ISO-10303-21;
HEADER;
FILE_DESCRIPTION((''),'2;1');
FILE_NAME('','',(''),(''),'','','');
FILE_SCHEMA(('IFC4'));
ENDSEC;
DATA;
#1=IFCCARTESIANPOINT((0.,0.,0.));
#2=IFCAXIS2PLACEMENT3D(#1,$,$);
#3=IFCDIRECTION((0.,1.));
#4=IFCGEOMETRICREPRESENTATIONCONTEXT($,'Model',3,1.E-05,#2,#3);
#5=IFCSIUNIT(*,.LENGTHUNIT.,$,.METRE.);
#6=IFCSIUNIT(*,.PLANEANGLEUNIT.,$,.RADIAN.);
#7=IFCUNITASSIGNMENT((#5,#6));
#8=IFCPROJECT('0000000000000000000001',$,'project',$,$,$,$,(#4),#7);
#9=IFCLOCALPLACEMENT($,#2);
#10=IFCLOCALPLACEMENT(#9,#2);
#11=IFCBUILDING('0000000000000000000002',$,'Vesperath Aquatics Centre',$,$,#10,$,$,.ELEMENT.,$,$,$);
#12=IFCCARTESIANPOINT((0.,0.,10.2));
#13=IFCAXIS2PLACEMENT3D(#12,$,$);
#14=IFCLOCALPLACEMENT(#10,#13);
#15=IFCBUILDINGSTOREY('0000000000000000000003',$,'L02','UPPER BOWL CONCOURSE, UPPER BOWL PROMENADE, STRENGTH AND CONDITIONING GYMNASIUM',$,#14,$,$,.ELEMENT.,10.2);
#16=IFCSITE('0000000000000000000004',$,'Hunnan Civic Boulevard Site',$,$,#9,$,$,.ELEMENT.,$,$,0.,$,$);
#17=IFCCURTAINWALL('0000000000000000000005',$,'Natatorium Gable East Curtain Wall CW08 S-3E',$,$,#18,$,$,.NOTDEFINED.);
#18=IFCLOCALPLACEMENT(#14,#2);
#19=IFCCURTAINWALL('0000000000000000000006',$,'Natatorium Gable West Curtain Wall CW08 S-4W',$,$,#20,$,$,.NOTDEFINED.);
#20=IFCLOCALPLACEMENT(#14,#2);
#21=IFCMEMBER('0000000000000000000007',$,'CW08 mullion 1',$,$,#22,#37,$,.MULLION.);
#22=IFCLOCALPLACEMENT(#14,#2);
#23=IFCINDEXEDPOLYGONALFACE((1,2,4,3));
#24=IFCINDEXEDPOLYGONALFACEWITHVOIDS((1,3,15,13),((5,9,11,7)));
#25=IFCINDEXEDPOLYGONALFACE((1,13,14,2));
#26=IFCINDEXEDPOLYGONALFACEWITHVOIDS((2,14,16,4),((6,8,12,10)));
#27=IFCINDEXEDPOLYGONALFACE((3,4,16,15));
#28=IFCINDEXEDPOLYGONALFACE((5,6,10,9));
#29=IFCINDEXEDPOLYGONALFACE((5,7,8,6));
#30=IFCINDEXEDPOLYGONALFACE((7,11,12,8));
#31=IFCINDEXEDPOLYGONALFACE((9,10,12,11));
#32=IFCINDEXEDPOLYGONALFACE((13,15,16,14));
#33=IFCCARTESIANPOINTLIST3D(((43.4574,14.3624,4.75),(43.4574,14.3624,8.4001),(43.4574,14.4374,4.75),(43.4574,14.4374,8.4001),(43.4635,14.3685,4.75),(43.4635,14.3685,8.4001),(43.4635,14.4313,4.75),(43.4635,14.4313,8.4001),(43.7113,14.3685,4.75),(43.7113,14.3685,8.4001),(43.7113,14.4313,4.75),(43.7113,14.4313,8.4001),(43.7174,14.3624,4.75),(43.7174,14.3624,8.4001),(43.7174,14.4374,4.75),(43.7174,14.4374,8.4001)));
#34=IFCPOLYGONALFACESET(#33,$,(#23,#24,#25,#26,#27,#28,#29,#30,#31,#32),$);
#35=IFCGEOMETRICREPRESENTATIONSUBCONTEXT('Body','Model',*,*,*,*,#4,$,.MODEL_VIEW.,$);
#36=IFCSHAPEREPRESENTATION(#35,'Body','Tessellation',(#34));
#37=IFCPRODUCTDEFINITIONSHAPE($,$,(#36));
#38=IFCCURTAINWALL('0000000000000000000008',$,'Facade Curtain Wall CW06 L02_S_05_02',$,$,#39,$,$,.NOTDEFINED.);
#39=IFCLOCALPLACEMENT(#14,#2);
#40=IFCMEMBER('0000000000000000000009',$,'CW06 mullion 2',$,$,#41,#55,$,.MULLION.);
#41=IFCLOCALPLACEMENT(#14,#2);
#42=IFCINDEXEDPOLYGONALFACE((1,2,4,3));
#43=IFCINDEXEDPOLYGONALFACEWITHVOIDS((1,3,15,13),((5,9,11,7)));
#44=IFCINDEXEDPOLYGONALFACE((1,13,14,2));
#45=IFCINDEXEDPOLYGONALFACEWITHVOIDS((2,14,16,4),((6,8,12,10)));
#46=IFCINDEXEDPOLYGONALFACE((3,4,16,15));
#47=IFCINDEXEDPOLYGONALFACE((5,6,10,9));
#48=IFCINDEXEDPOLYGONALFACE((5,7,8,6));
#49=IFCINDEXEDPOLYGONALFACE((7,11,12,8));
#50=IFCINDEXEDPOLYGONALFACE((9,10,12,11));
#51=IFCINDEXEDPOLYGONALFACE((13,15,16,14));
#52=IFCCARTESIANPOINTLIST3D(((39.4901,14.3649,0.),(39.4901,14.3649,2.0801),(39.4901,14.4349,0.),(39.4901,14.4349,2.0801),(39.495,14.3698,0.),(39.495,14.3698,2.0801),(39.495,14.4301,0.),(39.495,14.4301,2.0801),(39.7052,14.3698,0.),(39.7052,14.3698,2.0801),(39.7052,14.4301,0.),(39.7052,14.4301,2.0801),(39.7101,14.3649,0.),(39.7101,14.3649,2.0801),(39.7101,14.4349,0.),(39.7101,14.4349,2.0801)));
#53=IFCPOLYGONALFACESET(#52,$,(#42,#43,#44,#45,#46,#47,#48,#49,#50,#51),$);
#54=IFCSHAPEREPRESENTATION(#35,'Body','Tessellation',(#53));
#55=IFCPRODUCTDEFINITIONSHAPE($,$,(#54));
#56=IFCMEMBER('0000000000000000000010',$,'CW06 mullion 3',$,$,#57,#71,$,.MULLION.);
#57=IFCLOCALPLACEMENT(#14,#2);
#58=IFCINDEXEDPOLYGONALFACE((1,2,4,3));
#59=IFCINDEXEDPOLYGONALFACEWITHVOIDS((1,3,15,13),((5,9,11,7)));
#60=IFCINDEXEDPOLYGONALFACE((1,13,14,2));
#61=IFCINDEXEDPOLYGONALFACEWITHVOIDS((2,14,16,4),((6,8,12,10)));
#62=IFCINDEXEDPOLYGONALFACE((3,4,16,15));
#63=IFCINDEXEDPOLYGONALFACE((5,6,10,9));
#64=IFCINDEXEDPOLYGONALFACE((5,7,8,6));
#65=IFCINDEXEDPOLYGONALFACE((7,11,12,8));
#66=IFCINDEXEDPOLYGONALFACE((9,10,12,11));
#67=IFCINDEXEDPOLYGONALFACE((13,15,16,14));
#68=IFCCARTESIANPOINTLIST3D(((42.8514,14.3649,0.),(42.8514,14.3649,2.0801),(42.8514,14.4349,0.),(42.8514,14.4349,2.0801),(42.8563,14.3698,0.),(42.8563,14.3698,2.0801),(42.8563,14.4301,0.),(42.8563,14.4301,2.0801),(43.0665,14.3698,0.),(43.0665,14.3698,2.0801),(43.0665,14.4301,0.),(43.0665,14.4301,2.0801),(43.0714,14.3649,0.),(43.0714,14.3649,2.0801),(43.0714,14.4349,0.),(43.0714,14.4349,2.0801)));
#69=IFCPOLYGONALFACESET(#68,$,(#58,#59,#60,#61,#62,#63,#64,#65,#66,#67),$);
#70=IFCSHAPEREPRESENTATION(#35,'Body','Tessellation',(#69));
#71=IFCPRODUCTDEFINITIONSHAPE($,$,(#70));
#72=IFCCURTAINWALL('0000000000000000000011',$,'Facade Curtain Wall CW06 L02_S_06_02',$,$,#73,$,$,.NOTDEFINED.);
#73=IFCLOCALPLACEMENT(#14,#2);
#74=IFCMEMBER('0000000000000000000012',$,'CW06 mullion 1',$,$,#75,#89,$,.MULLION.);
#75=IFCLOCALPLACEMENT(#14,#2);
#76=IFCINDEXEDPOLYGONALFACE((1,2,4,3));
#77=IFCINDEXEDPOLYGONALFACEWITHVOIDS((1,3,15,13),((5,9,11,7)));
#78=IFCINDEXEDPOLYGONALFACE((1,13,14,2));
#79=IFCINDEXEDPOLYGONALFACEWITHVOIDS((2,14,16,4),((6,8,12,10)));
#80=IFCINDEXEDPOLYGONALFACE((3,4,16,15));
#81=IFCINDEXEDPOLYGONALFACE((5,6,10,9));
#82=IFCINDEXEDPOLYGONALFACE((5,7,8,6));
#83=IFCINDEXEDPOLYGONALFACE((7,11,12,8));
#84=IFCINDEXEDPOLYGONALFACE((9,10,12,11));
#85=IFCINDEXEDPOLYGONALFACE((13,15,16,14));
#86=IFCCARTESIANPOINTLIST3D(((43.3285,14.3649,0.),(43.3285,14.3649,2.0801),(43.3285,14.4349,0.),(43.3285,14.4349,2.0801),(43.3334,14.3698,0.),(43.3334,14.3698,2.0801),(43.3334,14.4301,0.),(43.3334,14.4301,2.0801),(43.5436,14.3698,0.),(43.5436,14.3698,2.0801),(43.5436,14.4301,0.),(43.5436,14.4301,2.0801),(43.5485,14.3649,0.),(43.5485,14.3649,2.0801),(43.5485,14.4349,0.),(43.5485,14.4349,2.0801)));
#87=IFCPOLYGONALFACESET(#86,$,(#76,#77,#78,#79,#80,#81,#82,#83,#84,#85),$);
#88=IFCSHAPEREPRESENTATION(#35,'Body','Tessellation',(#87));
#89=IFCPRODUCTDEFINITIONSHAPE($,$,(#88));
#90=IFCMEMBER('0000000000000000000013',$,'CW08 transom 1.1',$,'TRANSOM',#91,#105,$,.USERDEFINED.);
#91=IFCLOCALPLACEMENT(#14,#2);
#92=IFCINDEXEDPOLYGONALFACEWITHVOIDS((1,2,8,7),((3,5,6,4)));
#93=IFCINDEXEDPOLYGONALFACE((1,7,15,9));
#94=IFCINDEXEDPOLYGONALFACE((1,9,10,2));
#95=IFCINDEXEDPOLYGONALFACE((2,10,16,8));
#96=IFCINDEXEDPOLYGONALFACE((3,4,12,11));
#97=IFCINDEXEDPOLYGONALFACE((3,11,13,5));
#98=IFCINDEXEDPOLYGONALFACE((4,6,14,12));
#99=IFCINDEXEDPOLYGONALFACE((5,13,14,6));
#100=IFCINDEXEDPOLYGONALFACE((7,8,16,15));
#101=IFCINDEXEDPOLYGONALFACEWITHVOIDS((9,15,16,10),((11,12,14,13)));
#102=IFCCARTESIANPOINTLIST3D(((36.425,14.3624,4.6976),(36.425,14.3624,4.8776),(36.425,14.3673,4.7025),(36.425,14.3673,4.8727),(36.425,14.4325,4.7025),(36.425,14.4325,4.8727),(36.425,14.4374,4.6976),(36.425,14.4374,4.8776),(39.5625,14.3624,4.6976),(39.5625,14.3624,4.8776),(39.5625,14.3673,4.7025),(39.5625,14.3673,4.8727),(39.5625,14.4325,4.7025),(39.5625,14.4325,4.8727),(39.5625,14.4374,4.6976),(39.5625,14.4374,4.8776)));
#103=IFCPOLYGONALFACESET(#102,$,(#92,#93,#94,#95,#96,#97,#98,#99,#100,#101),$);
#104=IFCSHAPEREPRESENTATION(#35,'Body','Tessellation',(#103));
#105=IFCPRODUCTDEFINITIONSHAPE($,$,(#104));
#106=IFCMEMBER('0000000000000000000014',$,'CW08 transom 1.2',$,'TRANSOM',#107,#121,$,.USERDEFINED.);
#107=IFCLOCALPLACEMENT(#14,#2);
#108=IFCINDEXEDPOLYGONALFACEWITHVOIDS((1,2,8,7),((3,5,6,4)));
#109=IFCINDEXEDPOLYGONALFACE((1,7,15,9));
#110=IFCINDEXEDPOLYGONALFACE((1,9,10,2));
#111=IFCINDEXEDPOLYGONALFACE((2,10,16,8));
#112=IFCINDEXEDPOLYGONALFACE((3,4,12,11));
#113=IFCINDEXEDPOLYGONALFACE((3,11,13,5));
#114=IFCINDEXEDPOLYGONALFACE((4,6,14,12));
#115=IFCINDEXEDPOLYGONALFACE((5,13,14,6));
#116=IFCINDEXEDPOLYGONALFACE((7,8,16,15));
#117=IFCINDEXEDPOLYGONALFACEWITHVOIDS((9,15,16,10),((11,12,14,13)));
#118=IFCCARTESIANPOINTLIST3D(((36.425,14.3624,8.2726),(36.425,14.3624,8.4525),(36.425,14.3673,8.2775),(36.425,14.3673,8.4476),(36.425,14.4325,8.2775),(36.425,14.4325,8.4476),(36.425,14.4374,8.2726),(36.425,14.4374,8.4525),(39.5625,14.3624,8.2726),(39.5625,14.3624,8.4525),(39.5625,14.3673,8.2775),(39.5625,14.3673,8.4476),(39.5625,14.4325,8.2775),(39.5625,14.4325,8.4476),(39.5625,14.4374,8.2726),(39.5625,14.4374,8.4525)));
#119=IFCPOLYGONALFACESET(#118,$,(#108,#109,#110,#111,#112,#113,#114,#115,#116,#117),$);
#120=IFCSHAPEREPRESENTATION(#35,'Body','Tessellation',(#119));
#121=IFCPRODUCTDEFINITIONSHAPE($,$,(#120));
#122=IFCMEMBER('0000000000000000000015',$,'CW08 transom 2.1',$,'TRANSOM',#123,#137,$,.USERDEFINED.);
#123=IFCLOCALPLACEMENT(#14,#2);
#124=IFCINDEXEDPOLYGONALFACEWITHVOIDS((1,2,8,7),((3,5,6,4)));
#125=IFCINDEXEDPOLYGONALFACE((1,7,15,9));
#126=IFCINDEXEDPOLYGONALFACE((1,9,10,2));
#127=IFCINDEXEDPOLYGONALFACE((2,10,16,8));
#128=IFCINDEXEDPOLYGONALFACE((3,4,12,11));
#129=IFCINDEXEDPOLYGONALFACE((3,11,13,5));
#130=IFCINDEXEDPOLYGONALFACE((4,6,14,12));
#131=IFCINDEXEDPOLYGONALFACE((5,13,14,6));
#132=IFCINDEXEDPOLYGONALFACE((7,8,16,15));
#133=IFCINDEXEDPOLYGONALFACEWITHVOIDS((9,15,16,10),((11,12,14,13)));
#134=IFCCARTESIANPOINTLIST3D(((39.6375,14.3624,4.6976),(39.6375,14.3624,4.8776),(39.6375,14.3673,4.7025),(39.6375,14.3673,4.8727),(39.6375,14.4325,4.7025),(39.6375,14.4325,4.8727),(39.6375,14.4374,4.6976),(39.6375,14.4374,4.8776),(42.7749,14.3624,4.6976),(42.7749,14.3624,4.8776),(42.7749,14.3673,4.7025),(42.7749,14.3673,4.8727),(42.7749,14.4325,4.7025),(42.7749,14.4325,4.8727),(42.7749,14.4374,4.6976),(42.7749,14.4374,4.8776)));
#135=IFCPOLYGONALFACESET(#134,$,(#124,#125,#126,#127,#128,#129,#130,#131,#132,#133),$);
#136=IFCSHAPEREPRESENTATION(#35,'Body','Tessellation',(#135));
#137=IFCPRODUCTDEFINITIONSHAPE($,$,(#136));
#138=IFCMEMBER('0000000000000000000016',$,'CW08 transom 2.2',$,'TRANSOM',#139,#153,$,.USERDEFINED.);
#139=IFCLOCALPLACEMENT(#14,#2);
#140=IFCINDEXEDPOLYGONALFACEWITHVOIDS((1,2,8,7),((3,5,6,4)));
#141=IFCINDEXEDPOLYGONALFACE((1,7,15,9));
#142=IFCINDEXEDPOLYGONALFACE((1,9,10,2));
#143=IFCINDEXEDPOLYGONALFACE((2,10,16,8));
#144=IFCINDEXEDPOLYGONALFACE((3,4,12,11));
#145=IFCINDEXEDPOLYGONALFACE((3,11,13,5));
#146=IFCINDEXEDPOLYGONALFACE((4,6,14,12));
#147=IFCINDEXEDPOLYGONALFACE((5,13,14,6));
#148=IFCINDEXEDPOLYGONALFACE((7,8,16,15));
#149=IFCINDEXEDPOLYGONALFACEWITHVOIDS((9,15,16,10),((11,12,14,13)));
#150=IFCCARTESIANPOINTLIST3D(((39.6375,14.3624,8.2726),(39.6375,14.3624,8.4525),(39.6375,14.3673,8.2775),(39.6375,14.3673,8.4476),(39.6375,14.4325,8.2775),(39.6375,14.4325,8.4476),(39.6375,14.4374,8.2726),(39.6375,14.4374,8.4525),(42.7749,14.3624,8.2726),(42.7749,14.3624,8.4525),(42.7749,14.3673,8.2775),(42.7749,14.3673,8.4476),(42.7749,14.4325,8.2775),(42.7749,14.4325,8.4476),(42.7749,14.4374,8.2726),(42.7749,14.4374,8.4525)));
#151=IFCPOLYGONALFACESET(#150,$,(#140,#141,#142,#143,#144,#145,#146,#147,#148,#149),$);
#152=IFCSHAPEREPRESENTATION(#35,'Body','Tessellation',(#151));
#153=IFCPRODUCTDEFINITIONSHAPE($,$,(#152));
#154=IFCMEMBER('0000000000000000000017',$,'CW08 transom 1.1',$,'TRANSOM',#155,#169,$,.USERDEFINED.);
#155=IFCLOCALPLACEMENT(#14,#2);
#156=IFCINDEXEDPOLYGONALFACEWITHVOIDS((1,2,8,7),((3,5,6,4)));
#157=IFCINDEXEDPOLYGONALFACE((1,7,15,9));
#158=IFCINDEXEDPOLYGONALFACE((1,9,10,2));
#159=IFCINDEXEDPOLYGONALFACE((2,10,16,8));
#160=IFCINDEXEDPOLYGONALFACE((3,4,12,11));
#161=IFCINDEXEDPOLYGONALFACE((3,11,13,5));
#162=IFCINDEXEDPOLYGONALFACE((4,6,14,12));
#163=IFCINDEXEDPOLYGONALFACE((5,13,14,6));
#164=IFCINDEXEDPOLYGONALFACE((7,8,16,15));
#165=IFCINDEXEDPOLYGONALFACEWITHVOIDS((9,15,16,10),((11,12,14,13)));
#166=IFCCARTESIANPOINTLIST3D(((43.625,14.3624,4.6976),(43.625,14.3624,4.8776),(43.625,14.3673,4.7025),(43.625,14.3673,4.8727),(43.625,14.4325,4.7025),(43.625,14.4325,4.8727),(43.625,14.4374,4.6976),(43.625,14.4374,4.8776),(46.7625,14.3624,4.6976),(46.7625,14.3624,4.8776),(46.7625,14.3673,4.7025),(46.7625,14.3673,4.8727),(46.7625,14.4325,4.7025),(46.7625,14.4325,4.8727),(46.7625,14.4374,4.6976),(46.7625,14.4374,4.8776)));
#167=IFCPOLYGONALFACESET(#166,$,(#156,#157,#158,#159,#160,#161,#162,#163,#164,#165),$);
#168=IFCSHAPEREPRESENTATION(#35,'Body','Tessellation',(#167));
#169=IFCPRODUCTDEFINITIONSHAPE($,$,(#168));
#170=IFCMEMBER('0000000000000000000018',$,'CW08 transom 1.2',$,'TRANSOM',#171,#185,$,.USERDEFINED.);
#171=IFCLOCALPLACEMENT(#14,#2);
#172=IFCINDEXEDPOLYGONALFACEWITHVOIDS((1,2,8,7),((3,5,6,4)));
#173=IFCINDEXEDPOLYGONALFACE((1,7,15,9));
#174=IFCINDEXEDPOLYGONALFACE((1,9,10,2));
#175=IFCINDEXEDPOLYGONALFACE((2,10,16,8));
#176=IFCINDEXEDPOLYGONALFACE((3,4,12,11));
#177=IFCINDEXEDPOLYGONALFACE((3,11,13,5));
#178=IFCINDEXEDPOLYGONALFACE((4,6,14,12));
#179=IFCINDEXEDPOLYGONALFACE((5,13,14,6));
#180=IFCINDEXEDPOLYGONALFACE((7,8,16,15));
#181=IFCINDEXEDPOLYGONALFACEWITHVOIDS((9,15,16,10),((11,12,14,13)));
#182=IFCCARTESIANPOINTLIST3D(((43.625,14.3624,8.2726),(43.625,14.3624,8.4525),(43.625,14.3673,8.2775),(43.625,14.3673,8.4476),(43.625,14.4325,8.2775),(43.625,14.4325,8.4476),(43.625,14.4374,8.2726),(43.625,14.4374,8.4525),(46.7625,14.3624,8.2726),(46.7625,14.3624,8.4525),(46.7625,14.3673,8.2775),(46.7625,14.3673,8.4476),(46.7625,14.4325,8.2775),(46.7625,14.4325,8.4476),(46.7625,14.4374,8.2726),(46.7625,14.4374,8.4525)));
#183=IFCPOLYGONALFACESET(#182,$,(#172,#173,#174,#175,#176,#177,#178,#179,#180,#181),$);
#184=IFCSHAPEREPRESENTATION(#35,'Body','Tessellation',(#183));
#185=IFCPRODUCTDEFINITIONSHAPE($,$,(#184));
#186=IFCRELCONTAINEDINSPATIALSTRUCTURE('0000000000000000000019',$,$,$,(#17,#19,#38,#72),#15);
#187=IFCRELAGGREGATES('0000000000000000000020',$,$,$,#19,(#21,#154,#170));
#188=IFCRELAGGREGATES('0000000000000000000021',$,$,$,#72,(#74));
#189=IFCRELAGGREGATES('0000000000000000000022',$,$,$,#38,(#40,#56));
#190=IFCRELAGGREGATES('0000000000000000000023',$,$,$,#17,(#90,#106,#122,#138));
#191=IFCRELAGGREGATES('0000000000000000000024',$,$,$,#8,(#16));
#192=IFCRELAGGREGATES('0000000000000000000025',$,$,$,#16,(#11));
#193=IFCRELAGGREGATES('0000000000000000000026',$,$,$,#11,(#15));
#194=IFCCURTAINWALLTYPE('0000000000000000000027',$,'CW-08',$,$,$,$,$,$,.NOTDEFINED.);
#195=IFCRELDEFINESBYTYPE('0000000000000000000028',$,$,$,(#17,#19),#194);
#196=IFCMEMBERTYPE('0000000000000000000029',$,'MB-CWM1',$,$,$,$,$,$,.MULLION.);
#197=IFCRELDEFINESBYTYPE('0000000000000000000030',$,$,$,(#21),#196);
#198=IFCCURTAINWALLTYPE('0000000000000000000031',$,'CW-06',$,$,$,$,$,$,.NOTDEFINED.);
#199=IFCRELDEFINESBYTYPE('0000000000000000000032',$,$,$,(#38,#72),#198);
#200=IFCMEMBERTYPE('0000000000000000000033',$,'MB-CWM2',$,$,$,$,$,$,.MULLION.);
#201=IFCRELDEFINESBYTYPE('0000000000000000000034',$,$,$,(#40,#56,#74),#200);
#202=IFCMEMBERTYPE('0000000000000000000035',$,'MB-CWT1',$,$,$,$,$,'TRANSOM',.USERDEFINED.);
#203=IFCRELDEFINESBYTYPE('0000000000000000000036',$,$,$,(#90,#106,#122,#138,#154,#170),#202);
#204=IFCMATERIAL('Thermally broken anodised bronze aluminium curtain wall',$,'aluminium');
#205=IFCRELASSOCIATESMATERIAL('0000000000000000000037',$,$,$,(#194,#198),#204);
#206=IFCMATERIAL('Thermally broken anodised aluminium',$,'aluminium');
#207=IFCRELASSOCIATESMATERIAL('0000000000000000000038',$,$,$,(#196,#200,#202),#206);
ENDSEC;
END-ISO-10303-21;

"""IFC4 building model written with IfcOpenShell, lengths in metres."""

from ifc_helpers import new_model, si_unit, direction, frame, origin, origin_2d, place, context, subcontext, project, spatial, hollow_rectangle, extrude, material, material_profile, profile_set, type_object, element, aggregate, save


model = new_model("IFC4")

# Units and contexts
model_context = context("Model", 3, precision=1e-05, world=origin(), true_north=direction((0.0, 1.0)))
body_context = subcontext(model_context, "Body", "Model", "MODEL_VIEW")
ifc_project = project(units=[si_unit("LENGTHUNIT", "METRE"), si_unit("PLANEANGLEUNIT", "RADIAN")], contexts=[model_context])

# Site, building, storey
site_placement = place(None, origin())
site = spatial("IfcSite", under=ifc_project, at=site_placement, Name="Hunnan Civic Boulevard Site", CompositionType="ELEMENT", RefElevation=0.0)
building_placement = place(site_placement, origin())
building = spatial("IfcBuilding", under=site, at=building_placement, Name="Vesperath Aquatics Centre", CompositionType="ELEMENT")
storey_placement = place(building_placement, frame((0.0, 0.0, 10.2)))
storey = spatial("IfcBuildingStorey", under=building, at=storey_placement, Name="L02", Description="UPPER BOWL CONCOURSE, UPPER BOWL PROMENADE, STRENGTH AND CONDITIONING GYMNASIUM", CompositionType="ELEMENT", Elevation=10.2)

# Curtain wall
ifc_material_1 = material(Name="Thermally broken anodised bronze aluminium curtain wall", Category="aluminium")
curtain_wall_type_1 = type_object("IfcCurtainWallType", Name="CW-08", PredefinedType="NOTDEFINED", material=ifc_material_1)
curtain_wall_1_placement = place(storey_placement, origin())
curtain_wall_1 = element("IfcCurtainWall", 1, at=curtain_wall_1_placement, inside=storey, type_object=curtain_wall_type_1, Name="Natatorium Gable East Curtain Wall CW08 S-3E", PredefinedType="NOTDEFINED")
ifc_material_2 = material(Name="Thermally broken anodised aluminium", Category="aluminium")
ifc_material_profile_1 = material_profile(ifc_material_2, hollow_rectangle(XDim=0.075, YDim=0.26, WallThickness=0.0061, at=origin_2d()), Name="CWM 75x260x6")
ifc_profile_set_1 = profile_set([ifc_material_profile_1], Name="Thermally broken anodised aluminium")
member_type_1 = type_object("IfcMemberType", Name="MB-CWM1", PredefinedType="MULLION", material=ifc_profile_set_1)

# Curtain wall, member
curtain_wall_2_placement = place(storey_placement, origin())
curtain_wall_2 = element("IfcCurtainWall", 2, at=curtain_wall_2_placement, inside=storey, type_object=curtain_wall_type_1, Name="Natatorium Gable West Curtain Wall CW08 S-4W", PredefinedType="NOTDEFINED")
member_1_placement = place(storey_placement, frame((43.5874, 14.3999, 4.75), z_axis=(0.0, 0.0, 1.0), x_axis=(0.0, 1.0, 0.0)))
member_1 = element("IfcMember", 3, at=member_1_placement, type_object=member_type_1, Name="CW08 mullion 1", PredefinedType="MULLION", context=body_context, shape_type="SweptSolid", body=[
    extrude(hollow_rectangle(XDim=0.075, YDim=0.26, WallThickness=0.0061, at=origin_2d()), origin(), (0.0, 0.0, 1.0), 3.6501),
])

# Curtain wall, members
curtain_wall_type_2 = type_object("IfcCurtainWallType", Name="CW-06", PredefinedType="NOTDEFINED", material=ifc_material_1)
curtain_wall_3_placement = place(storey_placement, origin())
curtain_wall_3 = element("IfcCurtainWall", 4, at=curtain_wall_3_placement, inside=storey, type_object=curtain_wall_type_2, Name="Facade Curtain Wall CW06 L02_S_05_02", PredefinedType="NOTDEFINED")
ifc_material_profile_2 = material_profile(ifc_material_2, hollow_rectangle(XDim=0.0701, YDim=0.22, WallThickness=0.0049, at=origin_2d()), Name="CWM 70x220x5")
ifc_profile_set_2 = profile_set([ifc_material_profile_2], Name="Thermally broken anodised aluminium")
member_type_2 = type_object("IfcMemberType", Name="MB-CWM2", PredefinedType="MULLION", material=ifc_profile_set_2)
member_2_placement = place(storey_placement, frame((39.6001, 14.3999, 0.0), z_axis=(0.0, 0.0, 1.0), x_axis=(0.0, 1.0, 0.0)))
member_2 = element("IfcMember", 5, at=member_2_placement, type_object=member_type_2, Name="CW06 mullion 2", PredefinedType="MULLION", context=body_context, shape_type="SweptSolid", body=[
    extrude(hollow_rectangle(XDim=0.0701, YDim=0.22, WallThickness=0.0049, at=origin_2d()), origin(), (0.0, 0.0, 1.0), 2.0801),
])
member_3_placement = place(storey_placement, frame((42.9614, 14.3999, 0.0), z_axis=(0.0, 0.0, 1.0), x_axis=(0.0, 1.0, 0.0)))
member_3 = element("IfcMember", 6, at=member_3_placement, type_object=member_type_2, Name="CW06 mullion 3", PredefinedType="MULLION", context=body_context, shape_type="SweptSolid", body=[
    extrude(hollow_rectangle(XDim=0.0701, YDim=0.22, WallThickness=0.0049, at=origin_2d()), origin(), (0.0, 0.0, 1.0), 2.0801),
])

# Curtain wall, member
curtain_wall_4_placement = place(storey_placement, origin())
curtain_wall_4 = element("IfcCurtainWall", 7, at=curtain_wall_4_placement, inside=storey, type_object=curtain_wall_type_2, Name="Facade Curtain Wall CW06 L02_S_06_02", PredefinedType="NOTDEFINED")
member_4_placement = place(storey_placement, frame((43.4385, 14.3999, 0.0), z_axis=(0.0, 0.0, 1.0), x_axis=(0.0, 1.0, 0.0)))
member_4 = element("IfcMember", 8, at=member_4_placement, type_object=member_type_2, Name="CW06 mullion 1", PredefinedType="MULLION", context=body_context, shape_type="SweptSolid", body=[
    extrude(hollow_rectangle(XDim=0.0701, YDim=0.22, WallThickness=0.0049, at=origin_2d()), origin(), (0.0, 0.0, 1.0), 2.0801),
])

# Members
ifc_material_profile_3 = material_profile(ifc_material_2, hollow_rectangle(XDim=0.075, YDim=0.1799, WallThickness=0.0049, at=origin_2d()), Name="CWT 75x180x5")
ifc_profile_set_3 = profile_set([ifc_material_profile_3], Name="Thermally broken anodised aluminium")
member_type_3 = type_object("IfcMemberType", Name="MB-CWT1", ElementType="TRANSOM", PredefinedType="USERDEFINED", material=ifc_profile_set_3)
member_5_placement = place(storey_placement, frame((36.425, 14.3999, 4.7876), z_axis=(1.0, 0.0, 0.0), x_axis=(0.0, 1.0, 0.0)))
member_5 = element("IfcMember", 9, at=member_5_placement, type_object=member_type_3, Name="CW08 transom 1.1", ObjectType="TRANSOM", PredefinedType="USERDEFINED", context=body_context, shape_type="SweptSolid", body=[
    extrude(hollow_rectangle(XDim=0.075, YDim=0.1799, WallThickness=0.0049, at=origin_2d()), origin(), (0.0, 0.0, 1.0), 3.1375),
])
member_6_placement = place(storey_placement, frame((36.425, 14.3999, 8.3625), z_axis=(1.0, 0.0, 0.0), x_axis=(0.0, 1.0, 0.0)))
member_6 = element("IfcMember", 10, at=member_6_placement, type_object=member_type_3, Name="CW08 transom 1.2", ObjectType="TRANSOM", PredefinedType="USERDEFINED", context=body_context, shape_type="SweptSolid", body=[
    extrude(hollow_rectangle(XDim=0.075, YDim=0.1799, WallThickness=0.0049, at=origin_2d()), origin(), (0.0, 0.0, 1.0), 3.1375),
])
member_7_placement = place(storey_placement, frame((39.6375, 14.3999, 4.7876), z_axis=(1.0, 0.0, 0.0), x_axis=(0.0, 1.0, 0.0)))
member_7 = element("IfcMember", 11, at=member_7_placement, type_object=member_type_3, Name="CW08 transom 2.1", ObjectType="TRANSOM", PredefinedType="USERDEFINED", context=body_context, shape_type="SweptSolid", body=[
    extrude(hollow_rectangle(XDim=0.075, YDim=0.1799, WallThickness=0.0049, at=origin_2d()), origin(), (0.0, 0.0, 1.0), 3.1375),
])
member_8_placement = place(storey_placement, frame((39.6375, 14.3999, 8.3625), z_axis=(1.0, 0.0, 0.0), x_axis=(0.0, 1.0, 0.0)))
member_8 = element("IfcMember", 12, at=member_8_placement, type_object=member_type_3, Name="CW08 transom 2.2", ObjectType="TRANSOM", PredefinedType="USERDEFINED", context=body_context, shape_type="SweptSolid", body=[
    extrude(hollow_rectangle(XDim=0.075, YDim=0.1799, WallThickness=0.0049, at=origin_2d()), origin(), (0.0, 0.0, 1.0), 3.1375),
])
member_9_placement = place(storey_placement, frame((43.625, 14.3999, 4.7876), z_axis=(1.0, 0.0, 0.0), x_axis=(0.0, 1.0, 0.0)))
member_9 = element("IfcMember", 13, at=member_9_placement, type_object=member_type_3, Name="CW08 transom 1.1", ObjectType="TRANSOM", PredefinedType="USERDEFINED", context=body_context, shape_type="SweptSolid", body=[
    extrude(hollow_rectangle(XDim=0.075, YDim=0.1799, WallThickness=0.0049, at=origin_2d()), origin(), (0.0, 0.0, 1.0), 3.1375),
])
member_10_placement = place(storey_placement, frame((43.625, 14.3999, 8.3625), z_axis=(1.0, 0.0, 0.0), x_axis=(0.0, 1.0, 0.0)))
member_10 = element("IfcMember", 14, at=member_10_placement, type_object=member_type_3, Name="CW08 transom 1.2", ObjectType="TRANSOM", PredefinedType="USERDEFINED", context=body_context, shape_type="SweptSolid", body=[
    extrude(hollow_rectangle(XDim=0.075, YDim=0.1799, WallThickness=0.0049, at=origin_2d()), origin(), (0.0, 0.0, 1.0), 3.1375),
])
aggregate(curtain_wall_2, [member_1, member_9, member_10])
aggregate(curtain_wall_4, [member_4])

aggregate(curtain_wall_3, [member_2, member_3])
aggregate(curtain_wall_1, [member_5, member_6, member_7, member_8])

save(model, "model.ifc")
